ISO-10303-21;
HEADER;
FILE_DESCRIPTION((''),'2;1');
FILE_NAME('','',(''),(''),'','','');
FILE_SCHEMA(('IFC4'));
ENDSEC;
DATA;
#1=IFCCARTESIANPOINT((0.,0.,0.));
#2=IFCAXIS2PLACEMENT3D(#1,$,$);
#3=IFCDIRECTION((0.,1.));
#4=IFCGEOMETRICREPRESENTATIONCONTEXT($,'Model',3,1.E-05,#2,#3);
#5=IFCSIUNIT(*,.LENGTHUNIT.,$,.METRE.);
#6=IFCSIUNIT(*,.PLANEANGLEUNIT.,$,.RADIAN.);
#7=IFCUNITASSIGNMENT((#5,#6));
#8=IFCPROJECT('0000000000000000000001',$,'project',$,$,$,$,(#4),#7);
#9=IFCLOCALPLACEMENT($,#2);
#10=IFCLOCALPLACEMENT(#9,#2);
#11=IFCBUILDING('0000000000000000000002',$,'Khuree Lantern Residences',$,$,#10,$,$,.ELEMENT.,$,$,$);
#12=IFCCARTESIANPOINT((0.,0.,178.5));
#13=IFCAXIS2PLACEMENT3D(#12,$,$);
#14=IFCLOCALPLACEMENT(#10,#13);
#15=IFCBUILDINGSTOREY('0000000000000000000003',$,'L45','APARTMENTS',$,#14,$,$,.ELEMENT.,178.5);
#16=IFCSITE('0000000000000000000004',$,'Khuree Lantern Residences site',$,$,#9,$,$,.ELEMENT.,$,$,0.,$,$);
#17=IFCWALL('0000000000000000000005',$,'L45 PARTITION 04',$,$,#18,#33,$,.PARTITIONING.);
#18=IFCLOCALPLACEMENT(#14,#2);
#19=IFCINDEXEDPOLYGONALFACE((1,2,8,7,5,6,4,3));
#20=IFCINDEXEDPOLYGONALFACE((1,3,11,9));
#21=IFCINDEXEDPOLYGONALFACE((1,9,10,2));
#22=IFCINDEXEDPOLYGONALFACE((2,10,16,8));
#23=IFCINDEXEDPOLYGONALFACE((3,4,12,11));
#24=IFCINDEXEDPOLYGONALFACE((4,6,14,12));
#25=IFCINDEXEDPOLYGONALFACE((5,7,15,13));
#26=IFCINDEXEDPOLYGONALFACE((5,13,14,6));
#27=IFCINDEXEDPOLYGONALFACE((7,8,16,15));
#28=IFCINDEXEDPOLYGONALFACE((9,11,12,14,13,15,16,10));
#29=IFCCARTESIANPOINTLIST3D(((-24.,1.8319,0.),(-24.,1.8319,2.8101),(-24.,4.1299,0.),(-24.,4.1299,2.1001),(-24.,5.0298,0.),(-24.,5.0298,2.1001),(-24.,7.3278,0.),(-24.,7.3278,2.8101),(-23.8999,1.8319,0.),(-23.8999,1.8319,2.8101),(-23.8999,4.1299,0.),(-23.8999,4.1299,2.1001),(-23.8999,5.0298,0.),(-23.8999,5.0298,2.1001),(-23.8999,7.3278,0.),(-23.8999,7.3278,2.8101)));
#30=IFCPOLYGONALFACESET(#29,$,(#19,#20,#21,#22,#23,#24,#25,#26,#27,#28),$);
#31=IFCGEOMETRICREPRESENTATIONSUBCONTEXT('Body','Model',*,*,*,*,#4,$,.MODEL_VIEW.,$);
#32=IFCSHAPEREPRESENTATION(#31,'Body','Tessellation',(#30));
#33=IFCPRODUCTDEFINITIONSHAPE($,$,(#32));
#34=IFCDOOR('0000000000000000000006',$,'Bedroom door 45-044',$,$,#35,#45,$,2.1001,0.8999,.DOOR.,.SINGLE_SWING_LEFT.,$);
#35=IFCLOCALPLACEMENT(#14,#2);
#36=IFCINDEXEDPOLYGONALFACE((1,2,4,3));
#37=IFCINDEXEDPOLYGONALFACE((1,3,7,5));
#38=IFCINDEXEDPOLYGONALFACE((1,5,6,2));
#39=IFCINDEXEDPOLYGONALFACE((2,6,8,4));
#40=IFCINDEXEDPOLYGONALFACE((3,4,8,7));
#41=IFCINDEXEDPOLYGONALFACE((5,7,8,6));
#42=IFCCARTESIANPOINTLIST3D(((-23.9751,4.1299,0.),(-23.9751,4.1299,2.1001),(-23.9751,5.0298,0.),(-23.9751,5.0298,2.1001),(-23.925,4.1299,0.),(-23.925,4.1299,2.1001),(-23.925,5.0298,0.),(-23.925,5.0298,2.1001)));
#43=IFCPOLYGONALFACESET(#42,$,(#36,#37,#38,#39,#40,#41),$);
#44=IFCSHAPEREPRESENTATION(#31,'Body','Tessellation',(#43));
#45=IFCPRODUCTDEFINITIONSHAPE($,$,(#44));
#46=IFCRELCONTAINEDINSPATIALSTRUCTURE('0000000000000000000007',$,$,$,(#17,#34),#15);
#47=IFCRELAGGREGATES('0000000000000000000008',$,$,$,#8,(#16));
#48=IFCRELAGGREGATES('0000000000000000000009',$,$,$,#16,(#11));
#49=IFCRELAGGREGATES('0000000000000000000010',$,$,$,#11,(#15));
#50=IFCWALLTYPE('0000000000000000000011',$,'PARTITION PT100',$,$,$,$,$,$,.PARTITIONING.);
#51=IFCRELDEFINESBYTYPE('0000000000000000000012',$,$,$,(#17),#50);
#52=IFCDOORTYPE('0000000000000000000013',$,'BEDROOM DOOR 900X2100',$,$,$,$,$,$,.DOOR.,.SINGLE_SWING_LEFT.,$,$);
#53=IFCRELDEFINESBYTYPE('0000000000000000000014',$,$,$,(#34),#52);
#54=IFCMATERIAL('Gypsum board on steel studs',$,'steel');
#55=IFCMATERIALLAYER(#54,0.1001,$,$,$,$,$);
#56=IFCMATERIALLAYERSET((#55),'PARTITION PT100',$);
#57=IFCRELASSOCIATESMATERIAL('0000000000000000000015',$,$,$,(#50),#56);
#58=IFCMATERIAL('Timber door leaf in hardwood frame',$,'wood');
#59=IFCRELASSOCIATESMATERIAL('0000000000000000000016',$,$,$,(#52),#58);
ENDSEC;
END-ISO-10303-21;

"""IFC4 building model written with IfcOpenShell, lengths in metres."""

from ifc_helpers import new_model, si_unit, direction, frame, frame_2d, origin, place, context, subcontext, project, spatial, rectangle, extrude, material, layer, layer_set, type_object, element, fill, save


model = new_model("IFC4")

# Units and contexts
model_context = context("Model", 3, precision=1e-05, world=origin(), true_north=direction((0.0, 1.0)))
body_context = subcontext(model_context, "Body", "Model", "MODEL_VIEW")
ifc_project = project(units=[si_unit("LENGTHUNIT", "METRE"), si_unit("PLANEANGLEUNIT", "RADIAN")], contexts=[model_context])

# Site, building, storey
site_placement = place(None, origin())
site = spatial("IfcSite", under=ifc_project, at=site_placement, Name="Khuree Lantern Residences site", CompositionType="ELEMENT", RefElevation=0.0)
building_placement = place(site_placement, origin())
building = spatial("IfcBuilding", under=site, at=building_placement, Name="Khuree Lantern Residences", CompositionType="ELEMENT")
storey_placement = place(building_placement, frame((0.0, 0.0, 178.5)))
storey = spatial("IfcBuildingStorey", under=building, at=storey_placement, Name="L45", Description="APARTMENTS", CompositionType="ELEMENT", Elevation=178.5)

# Shared definitions
ifc_material_1 = material(Name="Timber door leaf in hardwood frame", Category="wood")

# Shared definitions
ifc_material_2 = material(Name="Gypsum board on steel studs", Category="steel")
ifc_layer_1 = layer(ifc_material_2, 0.1001)
ifc_layer_set_1 = layer_set([ifc_layer_1], Name="PARTITION PT100")
wall_type_1 = type_object("IfcWallType", Name="PARTITION PT100", PredefinedType="PARTITIONING", material=ifc_layer_set_1)

# Wall, opening, door
wall_1_placement = place(storey_placement, frame((-23.95, 7.3279, 0.0), z_axis=(0.0, 0.0, 1.0), x_axis=(0.0, -1.0, 0.0)))
wall_1 = element("IfcWall", 1, at=wall_1_placement, inside=storey, type_object=wall_type_1, Name="L45 PARTITION 04", PredefinedType="PARTITIONING", context=body_context, shape_type="SweptSolid", body=[
    extrude(rectangle(XDim=5.4958, YDim=0.1001, at=frame_2d((2.748, 0.0))), origin(), (0.0, 0.0, 1.0), 2.8101),
])
opening_1_placement = place(wall_1_placement, frame((2.2981, 0.0, 0.0)))
opening_1 = element("IfcOpeningElement", 2, at=opening_1_placement, cuts=wall_1, PredefinedType="OPENING", context=body_context, shape_type="SweptSolid", body=[
    extrude(rectangle(XDim=0.8999, YDim=2.1001, at=frame_2d((0.45, 1.05))), frame((0.0, 0.0601, 0.0), z_axis=(0.0, -1.0, 0.0), x_axis=(1.0, 0.0, 0.0)), (0.0, 0.0, 1.0), 0.1201),
])
door_type_1 = type_object("IfcDoorType", Name="BEDROOM DOOR 900X2100", OperationType="SINGLE_SWING_LEFT", PredefinedType="DOOR", material=ifc_material_1)
door_1_placement = place(opening_1_placement, origin())
door_1 = element("IfcDoor", 3, at=door_1_placement, inside=storey, type_object=door_type_1, Name="Bedroom door 45-044", OperationType="SINGLE_SWING_LEFT", OverallHeight=2.1001, OverallWidth=0.8999, PredefinedType="DOOR", context=body_context, shape_type="SweptSolid", body=[
    extrude(rectangle(XDim=0.8999, YDim=2.1001, at=frame_2d((0.45, 1.05))), frame((0.0, 0.0249, 0.0), z_axis=(0.0, -1.0, 0.0), x_axis=(1.0, 0.0, 0.0)), (0.0, 0.0, 1.0), 0.05),
])
fill(opening_1, door_1)

save(model, "model.ifc")
